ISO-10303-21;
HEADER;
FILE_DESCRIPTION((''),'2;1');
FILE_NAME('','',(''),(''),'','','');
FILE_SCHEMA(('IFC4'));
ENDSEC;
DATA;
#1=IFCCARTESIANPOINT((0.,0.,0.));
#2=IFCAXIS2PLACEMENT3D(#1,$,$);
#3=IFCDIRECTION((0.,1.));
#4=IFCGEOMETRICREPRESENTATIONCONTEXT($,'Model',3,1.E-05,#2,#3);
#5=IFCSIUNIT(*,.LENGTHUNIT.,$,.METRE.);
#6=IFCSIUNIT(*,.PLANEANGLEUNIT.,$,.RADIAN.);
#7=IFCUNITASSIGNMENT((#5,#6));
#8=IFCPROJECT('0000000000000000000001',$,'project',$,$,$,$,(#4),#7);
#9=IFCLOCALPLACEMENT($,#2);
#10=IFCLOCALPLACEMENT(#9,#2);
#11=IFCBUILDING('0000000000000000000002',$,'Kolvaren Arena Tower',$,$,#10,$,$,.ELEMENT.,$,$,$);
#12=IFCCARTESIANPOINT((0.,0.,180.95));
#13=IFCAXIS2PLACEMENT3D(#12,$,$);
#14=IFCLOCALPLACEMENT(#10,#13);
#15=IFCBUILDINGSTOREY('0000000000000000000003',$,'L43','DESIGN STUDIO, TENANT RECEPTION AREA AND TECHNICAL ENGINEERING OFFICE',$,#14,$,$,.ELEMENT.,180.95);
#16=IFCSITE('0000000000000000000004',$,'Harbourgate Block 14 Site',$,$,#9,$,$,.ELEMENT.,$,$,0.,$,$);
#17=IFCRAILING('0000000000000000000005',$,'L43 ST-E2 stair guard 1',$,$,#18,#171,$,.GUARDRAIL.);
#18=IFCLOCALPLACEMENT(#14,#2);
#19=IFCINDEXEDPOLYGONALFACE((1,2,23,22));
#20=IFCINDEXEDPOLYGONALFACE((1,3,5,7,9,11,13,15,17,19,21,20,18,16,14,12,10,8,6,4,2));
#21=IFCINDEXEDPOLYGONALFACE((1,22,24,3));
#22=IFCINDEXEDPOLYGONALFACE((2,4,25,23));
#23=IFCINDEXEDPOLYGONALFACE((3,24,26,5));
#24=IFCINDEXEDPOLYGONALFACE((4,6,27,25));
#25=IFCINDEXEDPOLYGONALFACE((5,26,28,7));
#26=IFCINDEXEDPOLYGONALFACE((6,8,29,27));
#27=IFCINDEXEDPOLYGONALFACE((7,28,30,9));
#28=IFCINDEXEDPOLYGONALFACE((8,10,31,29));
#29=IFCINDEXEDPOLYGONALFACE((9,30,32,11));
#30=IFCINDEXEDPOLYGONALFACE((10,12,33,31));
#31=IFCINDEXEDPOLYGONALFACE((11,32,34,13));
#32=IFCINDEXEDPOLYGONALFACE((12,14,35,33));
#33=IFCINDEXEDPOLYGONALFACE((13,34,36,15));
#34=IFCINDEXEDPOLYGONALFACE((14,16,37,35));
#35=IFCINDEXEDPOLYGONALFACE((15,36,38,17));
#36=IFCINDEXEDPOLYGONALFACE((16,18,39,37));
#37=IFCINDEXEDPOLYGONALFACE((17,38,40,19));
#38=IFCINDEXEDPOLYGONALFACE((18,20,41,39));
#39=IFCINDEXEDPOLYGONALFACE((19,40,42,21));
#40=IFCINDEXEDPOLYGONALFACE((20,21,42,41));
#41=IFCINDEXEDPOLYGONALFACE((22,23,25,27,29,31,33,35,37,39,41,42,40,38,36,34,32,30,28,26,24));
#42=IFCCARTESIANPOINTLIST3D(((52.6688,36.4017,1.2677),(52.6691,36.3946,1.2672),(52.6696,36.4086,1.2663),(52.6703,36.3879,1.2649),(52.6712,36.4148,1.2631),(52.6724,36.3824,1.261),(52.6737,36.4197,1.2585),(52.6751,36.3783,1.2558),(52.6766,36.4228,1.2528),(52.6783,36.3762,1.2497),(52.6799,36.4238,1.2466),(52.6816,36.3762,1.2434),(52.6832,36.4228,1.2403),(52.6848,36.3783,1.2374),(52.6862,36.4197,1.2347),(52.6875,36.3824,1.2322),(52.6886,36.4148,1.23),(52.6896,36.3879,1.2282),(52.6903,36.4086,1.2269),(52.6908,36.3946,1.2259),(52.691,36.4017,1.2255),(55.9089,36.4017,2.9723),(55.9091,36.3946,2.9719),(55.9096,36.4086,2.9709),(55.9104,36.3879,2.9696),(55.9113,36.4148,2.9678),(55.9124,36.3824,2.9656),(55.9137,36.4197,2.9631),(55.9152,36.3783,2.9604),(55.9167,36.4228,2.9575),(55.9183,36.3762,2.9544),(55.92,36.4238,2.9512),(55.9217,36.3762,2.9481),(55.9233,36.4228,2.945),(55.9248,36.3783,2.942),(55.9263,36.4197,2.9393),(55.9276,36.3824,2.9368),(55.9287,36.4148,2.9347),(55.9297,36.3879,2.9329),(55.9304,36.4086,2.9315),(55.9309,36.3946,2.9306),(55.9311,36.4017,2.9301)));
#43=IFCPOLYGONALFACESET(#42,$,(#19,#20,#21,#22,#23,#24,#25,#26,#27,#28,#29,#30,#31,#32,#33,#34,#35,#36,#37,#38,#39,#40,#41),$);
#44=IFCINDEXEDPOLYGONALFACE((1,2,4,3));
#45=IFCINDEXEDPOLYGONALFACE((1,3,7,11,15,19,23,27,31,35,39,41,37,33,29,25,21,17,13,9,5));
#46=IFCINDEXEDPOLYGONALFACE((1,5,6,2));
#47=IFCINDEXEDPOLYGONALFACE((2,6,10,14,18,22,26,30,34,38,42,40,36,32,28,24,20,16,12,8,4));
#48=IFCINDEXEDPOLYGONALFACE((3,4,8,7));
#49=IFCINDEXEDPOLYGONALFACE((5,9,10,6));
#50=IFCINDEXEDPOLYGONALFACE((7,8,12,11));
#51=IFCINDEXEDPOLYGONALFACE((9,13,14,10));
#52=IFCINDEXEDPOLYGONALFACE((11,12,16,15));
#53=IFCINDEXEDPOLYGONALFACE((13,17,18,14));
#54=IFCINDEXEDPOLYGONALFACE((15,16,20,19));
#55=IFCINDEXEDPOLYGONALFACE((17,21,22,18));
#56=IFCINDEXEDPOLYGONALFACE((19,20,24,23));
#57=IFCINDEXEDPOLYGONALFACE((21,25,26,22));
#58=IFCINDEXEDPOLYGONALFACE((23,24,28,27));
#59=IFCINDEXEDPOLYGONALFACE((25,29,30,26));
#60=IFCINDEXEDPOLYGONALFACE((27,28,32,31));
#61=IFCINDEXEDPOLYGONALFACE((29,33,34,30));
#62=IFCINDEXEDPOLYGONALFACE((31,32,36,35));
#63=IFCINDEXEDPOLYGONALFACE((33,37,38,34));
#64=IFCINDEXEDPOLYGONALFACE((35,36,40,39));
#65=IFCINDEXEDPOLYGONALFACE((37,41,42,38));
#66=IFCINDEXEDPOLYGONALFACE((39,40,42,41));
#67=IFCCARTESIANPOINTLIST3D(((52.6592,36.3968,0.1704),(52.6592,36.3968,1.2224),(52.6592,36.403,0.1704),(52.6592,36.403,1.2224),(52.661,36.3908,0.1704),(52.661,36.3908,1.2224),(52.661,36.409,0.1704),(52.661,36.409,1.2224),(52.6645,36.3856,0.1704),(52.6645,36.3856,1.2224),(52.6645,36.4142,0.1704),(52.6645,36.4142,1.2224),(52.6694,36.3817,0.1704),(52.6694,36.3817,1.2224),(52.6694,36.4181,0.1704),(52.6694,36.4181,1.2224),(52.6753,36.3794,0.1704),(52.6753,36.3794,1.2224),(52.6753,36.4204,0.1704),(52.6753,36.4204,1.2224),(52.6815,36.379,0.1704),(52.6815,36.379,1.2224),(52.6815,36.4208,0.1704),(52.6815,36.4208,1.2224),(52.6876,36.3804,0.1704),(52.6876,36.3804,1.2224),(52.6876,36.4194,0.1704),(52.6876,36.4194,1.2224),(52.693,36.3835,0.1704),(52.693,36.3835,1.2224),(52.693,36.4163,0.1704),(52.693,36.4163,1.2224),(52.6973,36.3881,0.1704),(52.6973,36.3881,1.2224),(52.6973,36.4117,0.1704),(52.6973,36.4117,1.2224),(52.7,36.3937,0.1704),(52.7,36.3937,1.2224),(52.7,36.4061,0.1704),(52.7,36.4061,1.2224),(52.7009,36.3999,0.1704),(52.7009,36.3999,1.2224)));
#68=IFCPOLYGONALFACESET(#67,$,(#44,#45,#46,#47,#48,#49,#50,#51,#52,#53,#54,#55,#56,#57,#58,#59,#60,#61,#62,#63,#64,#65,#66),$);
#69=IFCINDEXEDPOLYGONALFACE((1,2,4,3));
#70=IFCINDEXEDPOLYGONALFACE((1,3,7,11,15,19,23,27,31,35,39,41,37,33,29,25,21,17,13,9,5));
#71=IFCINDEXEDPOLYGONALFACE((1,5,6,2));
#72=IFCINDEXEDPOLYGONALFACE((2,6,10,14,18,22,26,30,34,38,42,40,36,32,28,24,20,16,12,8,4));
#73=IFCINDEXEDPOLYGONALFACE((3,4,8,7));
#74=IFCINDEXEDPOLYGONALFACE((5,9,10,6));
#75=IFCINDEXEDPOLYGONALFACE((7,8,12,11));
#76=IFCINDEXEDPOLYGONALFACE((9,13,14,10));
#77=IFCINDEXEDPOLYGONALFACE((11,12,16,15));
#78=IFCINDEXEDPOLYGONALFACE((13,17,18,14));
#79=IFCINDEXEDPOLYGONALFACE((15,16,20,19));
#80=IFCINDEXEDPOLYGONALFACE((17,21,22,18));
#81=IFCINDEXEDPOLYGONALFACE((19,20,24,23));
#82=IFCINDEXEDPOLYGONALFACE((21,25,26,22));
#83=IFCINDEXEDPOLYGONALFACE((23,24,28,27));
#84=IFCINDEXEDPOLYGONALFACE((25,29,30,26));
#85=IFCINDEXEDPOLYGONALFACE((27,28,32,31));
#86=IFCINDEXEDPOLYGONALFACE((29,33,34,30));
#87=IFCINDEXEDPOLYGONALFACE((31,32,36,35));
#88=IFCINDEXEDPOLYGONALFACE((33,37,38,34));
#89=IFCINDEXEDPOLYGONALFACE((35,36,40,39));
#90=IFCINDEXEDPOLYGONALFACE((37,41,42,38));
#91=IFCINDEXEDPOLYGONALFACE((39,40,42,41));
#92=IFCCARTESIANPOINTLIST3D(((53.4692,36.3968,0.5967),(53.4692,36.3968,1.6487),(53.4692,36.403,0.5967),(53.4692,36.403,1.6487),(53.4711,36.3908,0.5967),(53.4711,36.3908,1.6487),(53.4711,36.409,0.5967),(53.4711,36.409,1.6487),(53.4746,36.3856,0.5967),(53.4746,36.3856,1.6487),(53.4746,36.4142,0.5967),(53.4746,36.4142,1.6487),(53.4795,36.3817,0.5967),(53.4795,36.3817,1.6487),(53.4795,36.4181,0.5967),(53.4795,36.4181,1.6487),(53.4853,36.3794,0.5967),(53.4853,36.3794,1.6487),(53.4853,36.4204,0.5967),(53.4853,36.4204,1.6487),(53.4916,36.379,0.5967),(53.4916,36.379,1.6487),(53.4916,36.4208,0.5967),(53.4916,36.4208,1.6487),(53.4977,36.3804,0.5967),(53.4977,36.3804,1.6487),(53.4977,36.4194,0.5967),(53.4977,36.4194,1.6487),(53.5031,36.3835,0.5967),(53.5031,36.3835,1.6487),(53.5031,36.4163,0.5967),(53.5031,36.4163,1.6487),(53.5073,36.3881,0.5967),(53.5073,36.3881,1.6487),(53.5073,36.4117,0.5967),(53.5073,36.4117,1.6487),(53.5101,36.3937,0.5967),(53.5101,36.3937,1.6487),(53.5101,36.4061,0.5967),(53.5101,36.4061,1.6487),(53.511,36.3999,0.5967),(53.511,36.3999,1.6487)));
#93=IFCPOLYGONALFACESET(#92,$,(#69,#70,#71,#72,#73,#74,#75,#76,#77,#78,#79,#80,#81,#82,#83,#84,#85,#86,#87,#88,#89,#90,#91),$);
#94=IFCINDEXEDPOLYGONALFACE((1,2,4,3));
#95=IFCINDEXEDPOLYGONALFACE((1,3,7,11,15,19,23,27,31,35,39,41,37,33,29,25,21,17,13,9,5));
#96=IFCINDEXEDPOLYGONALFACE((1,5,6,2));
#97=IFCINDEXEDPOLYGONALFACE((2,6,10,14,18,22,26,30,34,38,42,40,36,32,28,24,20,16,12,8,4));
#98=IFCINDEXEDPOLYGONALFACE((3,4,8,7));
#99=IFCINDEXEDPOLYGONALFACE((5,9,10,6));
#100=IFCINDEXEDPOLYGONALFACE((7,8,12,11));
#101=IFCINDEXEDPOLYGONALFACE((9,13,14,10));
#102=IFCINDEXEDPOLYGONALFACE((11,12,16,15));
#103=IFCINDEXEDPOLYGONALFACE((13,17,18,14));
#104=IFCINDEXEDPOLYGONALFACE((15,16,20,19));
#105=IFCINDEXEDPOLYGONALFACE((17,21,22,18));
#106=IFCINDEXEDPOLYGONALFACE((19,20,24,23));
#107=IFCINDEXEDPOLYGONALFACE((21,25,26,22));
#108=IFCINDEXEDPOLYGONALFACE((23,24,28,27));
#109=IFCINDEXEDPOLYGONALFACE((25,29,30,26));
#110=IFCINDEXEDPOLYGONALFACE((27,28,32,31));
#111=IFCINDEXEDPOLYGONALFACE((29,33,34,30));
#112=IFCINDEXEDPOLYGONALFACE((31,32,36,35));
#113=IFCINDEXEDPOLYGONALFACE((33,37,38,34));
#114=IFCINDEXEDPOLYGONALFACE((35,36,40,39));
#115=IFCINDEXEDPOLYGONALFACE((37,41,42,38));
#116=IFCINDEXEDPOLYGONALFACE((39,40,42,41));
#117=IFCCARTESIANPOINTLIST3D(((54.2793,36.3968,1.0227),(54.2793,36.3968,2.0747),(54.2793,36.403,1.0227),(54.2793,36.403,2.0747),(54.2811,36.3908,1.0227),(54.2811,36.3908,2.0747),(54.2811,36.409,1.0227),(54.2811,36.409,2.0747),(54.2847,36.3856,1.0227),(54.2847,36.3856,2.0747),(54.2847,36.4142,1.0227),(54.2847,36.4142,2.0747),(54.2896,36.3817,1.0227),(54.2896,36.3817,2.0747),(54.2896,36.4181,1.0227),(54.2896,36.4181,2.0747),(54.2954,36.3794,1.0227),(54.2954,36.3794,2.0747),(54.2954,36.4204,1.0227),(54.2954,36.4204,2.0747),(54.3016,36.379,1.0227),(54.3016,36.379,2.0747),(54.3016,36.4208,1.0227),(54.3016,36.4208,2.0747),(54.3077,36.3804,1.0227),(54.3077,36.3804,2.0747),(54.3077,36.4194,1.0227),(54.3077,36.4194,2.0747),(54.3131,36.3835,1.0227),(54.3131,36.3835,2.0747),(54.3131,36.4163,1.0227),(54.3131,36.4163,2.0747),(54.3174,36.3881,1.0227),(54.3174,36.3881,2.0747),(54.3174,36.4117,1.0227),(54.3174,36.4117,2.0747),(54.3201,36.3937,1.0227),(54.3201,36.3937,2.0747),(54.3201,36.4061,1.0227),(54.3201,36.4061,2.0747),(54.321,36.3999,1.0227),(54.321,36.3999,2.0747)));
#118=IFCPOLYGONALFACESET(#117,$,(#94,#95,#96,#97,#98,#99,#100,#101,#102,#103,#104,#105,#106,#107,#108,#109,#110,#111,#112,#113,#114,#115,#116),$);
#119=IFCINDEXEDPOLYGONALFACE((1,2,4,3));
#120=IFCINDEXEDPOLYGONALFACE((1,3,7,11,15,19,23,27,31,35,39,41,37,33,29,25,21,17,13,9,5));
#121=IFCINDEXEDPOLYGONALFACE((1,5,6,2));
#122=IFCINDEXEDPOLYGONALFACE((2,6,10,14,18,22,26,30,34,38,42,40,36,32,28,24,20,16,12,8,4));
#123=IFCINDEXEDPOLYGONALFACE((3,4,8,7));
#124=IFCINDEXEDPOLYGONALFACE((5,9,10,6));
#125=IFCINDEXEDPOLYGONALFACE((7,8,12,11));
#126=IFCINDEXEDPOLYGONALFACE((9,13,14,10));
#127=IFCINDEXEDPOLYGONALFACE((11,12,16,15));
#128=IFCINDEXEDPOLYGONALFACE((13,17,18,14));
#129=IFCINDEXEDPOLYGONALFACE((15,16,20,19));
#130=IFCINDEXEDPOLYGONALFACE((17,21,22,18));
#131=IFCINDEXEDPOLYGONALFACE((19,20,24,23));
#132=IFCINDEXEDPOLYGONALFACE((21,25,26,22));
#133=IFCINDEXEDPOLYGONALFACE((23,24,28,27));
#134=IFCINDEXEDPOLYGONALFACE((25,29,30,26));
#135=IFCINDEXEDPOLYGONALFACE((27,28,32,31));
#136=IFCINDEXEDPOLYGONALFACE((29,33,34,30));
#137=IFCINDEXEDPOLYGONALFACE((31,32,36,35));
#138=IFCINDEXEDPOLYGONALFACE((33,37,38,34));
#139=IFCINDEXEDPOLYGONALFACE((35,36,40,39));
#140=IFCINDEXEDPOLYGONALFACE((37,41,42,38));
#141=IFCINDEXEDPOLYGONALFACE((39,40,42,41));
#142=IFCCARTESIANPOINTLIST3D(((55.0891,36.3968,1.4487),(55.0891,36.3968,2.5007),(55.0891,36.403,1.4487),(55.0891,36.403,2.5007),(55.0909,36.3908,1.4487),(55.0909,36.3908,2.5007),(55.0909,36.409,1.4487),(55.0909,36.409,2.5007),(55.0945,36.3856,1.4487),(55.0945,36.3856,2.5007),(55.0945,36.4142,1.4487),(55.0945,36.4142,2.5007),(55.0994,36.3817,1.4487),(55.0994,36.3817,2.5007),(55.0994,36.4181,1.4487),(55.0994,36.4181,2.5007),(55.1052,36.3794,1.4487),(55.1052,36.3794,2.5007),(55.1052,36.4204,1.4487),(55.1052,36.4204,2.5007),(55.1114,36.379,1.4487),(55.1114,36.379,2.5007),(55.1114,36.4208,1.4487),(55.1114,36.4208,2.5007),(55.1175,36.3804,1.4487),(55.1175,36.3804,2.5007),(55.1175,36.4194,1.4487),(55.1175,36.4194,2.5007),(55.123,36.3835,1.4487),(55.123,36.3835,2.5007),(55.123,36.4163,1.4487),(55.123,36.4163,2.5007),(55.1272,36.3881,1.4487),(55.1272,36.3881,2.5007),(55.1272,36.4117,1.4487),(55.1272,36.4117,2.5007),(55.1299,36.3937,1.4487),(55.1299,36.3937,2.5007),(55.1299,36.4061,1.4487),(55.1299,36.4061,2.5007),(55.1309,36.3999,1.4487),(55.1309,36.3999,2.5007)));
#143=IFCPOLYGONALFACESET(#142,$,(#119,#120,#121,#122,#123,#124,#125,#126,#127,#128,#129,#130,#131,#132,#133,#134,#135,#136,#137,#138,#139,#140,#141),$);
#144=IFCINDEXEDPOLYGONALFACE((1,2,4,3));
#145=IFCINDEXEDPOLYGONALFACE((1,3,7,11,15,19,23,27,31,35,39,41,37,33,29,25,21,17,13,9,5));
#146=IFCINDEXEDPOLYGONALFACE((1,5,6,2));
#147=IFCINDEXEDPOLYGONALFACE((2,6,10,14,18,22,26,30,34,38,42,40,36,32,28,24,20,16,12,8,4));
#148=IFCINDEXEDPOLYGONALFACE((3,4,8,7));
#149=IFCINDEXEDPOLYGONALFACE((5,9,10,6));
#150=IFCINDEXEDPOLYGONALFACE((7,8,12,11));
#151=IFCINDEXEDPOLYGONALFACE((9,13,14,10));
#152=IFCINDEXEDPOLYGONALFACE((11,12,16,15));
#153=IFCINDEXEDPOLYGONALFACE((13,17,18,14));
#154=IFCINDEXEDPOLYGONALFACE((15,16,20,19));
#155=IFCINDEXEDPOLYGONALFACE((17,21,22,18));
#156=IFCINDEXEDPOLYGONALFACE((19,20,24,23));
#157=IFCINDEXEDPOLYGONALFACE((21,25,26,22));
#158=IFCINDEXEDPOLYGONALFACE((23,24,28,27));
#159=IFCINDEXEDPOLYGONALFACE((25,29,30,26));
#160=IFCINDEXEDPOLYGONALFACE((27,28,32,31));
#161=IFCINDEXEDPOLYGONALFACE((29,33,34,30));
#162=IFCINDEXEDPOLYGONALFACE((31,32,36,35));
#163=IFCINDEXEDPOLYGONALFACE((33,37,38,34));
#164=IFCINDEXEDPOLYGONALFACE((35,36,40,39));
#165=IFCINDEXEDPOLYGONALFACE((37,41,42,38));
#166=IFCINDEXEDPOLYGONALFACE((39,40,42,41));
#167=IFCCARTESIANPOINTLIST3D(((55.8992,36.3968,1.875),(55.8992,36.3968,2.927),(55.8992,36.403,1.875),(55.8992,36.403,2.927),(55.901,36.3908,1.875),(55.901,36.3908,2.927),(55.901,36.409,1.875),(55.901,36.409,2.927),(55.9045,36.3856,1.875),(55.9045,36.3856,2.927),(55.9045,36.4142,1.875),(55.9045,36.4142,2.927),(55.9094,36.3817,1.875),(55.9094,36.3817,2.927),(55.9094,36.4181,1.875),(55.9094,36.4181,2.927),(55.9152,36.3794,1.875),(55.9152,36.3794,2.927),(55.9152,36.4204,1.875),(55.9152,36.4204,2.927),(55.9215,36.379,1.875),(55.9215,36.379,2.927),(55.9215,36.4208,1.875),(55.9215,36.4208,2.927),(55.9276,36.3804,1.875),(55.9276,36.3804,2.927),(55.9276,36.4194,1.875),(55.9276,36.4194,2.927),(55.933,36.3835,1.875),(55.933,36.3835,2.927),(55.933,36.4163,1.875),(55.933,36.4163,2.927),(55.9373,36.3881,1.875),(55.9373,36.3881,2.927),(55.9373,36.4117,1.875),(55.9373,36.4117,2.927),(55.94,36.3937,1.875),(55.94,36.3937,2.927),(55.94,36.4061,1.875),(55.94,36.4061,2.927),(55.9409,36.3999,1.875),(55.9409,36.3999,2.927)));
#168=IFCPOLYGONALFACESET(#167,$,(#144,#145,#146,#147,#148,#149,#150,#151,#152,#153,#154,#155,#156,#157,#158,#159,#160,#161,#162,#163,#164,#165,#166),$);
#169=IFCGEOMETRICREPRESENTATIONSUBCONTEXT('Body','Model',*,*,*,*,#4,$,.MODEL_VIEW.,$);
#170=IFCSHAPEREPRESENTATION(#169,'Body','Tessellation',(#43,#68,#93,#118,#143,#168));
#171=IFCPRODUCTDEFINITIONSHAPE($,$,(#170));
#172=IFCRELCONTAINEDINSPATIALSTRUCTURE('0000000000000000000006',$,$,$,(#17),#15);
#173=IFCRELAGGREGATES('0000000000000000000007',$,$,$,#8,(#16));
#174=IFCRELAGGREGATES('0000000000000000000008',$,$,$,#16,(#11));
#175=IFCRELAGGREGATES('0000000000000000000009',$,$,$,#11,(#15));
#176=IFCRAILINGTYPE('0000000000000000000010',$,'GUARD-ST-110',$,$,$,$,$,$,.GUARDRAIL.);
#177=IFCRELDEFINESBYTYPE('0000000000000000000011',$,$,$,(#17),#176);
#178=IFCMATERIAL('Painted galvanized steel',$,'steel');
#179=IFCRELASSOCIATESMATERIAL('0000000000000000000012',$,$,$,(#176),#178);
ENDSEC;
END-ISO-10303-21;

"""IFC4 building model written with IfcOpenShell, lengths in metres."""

from ifc_helpers import new_model, si_unit, direction, frame, origin, origin_2d, place, context, subcontext, project, spatial, circle, extrude, material, type_object, element, save


model = new_model("IFC4")

# Units and contexts
model_context = context("Model", 3, precision=1e-05, world=origin(), true_north=direction((0.0, 1.0)))
body_context = subcontext(model_context, "Body", "Model", "MODEL_VIEW")
ifc_project = project(units=[si_unit("LENGTHUNIT", "METRE"), si_unit("PLANEANGLEUNIT", "RADIAN")], contexts=[model_context])

# Site, building, storey
site_placement = place(None, origin())
site = spatial("IfcSite", under=ifc_project, at=site_placement, Name="Harbourgate Block 14 Site", CompositionType="ELEMENT", RefElevation=0.0)
building_placement = place(site_placement, origin())
building = spatial("IfcBuilding", under=site, at=building_placement, Name="Kolvaren Arena Tower", CompositionType="ELEMENT")
storey_placement = place(building_placement, frame((0.0, 0.0, 180.95)))
storey = spatial("IfcBuildingStorey", under=building, at=storey_placement, Name="L43", Description="DESIGN STUDIO, TENANT RECEPTION AREA AND TECHNICAL ENGINEERING OFFICE", CompositionType="ELEMENT", Elevation=180.95)

# Railing
ifc_material_1 = material(Name="Painted galvanized steel", Category="steel")
railing_type_1 = type_object("IfcRailingType", Name="GUARD-ST-110", PredefinedType="GUARDRAIL", material=ifc_material_1)
railing_1_placement = place(storey_placement, frame((52.6799, 36.3999, 0.1704)))
element("IfcRailing", 1, at=railing_1_placement, inside=storey, type_object=railing_type_1, Name="L43 ST-E2 stair guard 1", PredefinedType="GUARDRAIL", context=body_context, shape_type="SweptSolid", body=[
    extrude(circle(Radius=0.0239, at=origin_2d()), frame((0.0, 0.0, 1.0762), z_axis=(0.884993, 0.0, 0.465604), x_axis=(0.0, 1.0, 0.0)), (0.0, 0.0, 1.0), 3.6611),
    extrude(circle(Radius=0.021, at=origin_2d()), origin(), (0.0, 0.0, 1.0), 1.052),
    extrude(circle(Radius=0.021, at=origin_2d()), frame((0.8101, 0.0, 0.4263)), (0.0, 0.0, 1.0), 1.052),
    extrude(circle(Radius=0.021, at=origin_2d()), frame((1.6201, 0.0, 0.8523)), (0.0, 0.0, 1.0), 1.052),
    extrude(circle(Radius=0.021, at=origin_2d()), frame((2.4299, 0.0, 1.2783)), (0.0, 0.0, 1.0), 1.052),
    extrude(circle(Radius=0.021, at=origin_2d()), frame((3.24, 0.0, 1.7046)), (0.0, 0.0, 1.0), 1.052),
])

save(model, "model.ifc")
